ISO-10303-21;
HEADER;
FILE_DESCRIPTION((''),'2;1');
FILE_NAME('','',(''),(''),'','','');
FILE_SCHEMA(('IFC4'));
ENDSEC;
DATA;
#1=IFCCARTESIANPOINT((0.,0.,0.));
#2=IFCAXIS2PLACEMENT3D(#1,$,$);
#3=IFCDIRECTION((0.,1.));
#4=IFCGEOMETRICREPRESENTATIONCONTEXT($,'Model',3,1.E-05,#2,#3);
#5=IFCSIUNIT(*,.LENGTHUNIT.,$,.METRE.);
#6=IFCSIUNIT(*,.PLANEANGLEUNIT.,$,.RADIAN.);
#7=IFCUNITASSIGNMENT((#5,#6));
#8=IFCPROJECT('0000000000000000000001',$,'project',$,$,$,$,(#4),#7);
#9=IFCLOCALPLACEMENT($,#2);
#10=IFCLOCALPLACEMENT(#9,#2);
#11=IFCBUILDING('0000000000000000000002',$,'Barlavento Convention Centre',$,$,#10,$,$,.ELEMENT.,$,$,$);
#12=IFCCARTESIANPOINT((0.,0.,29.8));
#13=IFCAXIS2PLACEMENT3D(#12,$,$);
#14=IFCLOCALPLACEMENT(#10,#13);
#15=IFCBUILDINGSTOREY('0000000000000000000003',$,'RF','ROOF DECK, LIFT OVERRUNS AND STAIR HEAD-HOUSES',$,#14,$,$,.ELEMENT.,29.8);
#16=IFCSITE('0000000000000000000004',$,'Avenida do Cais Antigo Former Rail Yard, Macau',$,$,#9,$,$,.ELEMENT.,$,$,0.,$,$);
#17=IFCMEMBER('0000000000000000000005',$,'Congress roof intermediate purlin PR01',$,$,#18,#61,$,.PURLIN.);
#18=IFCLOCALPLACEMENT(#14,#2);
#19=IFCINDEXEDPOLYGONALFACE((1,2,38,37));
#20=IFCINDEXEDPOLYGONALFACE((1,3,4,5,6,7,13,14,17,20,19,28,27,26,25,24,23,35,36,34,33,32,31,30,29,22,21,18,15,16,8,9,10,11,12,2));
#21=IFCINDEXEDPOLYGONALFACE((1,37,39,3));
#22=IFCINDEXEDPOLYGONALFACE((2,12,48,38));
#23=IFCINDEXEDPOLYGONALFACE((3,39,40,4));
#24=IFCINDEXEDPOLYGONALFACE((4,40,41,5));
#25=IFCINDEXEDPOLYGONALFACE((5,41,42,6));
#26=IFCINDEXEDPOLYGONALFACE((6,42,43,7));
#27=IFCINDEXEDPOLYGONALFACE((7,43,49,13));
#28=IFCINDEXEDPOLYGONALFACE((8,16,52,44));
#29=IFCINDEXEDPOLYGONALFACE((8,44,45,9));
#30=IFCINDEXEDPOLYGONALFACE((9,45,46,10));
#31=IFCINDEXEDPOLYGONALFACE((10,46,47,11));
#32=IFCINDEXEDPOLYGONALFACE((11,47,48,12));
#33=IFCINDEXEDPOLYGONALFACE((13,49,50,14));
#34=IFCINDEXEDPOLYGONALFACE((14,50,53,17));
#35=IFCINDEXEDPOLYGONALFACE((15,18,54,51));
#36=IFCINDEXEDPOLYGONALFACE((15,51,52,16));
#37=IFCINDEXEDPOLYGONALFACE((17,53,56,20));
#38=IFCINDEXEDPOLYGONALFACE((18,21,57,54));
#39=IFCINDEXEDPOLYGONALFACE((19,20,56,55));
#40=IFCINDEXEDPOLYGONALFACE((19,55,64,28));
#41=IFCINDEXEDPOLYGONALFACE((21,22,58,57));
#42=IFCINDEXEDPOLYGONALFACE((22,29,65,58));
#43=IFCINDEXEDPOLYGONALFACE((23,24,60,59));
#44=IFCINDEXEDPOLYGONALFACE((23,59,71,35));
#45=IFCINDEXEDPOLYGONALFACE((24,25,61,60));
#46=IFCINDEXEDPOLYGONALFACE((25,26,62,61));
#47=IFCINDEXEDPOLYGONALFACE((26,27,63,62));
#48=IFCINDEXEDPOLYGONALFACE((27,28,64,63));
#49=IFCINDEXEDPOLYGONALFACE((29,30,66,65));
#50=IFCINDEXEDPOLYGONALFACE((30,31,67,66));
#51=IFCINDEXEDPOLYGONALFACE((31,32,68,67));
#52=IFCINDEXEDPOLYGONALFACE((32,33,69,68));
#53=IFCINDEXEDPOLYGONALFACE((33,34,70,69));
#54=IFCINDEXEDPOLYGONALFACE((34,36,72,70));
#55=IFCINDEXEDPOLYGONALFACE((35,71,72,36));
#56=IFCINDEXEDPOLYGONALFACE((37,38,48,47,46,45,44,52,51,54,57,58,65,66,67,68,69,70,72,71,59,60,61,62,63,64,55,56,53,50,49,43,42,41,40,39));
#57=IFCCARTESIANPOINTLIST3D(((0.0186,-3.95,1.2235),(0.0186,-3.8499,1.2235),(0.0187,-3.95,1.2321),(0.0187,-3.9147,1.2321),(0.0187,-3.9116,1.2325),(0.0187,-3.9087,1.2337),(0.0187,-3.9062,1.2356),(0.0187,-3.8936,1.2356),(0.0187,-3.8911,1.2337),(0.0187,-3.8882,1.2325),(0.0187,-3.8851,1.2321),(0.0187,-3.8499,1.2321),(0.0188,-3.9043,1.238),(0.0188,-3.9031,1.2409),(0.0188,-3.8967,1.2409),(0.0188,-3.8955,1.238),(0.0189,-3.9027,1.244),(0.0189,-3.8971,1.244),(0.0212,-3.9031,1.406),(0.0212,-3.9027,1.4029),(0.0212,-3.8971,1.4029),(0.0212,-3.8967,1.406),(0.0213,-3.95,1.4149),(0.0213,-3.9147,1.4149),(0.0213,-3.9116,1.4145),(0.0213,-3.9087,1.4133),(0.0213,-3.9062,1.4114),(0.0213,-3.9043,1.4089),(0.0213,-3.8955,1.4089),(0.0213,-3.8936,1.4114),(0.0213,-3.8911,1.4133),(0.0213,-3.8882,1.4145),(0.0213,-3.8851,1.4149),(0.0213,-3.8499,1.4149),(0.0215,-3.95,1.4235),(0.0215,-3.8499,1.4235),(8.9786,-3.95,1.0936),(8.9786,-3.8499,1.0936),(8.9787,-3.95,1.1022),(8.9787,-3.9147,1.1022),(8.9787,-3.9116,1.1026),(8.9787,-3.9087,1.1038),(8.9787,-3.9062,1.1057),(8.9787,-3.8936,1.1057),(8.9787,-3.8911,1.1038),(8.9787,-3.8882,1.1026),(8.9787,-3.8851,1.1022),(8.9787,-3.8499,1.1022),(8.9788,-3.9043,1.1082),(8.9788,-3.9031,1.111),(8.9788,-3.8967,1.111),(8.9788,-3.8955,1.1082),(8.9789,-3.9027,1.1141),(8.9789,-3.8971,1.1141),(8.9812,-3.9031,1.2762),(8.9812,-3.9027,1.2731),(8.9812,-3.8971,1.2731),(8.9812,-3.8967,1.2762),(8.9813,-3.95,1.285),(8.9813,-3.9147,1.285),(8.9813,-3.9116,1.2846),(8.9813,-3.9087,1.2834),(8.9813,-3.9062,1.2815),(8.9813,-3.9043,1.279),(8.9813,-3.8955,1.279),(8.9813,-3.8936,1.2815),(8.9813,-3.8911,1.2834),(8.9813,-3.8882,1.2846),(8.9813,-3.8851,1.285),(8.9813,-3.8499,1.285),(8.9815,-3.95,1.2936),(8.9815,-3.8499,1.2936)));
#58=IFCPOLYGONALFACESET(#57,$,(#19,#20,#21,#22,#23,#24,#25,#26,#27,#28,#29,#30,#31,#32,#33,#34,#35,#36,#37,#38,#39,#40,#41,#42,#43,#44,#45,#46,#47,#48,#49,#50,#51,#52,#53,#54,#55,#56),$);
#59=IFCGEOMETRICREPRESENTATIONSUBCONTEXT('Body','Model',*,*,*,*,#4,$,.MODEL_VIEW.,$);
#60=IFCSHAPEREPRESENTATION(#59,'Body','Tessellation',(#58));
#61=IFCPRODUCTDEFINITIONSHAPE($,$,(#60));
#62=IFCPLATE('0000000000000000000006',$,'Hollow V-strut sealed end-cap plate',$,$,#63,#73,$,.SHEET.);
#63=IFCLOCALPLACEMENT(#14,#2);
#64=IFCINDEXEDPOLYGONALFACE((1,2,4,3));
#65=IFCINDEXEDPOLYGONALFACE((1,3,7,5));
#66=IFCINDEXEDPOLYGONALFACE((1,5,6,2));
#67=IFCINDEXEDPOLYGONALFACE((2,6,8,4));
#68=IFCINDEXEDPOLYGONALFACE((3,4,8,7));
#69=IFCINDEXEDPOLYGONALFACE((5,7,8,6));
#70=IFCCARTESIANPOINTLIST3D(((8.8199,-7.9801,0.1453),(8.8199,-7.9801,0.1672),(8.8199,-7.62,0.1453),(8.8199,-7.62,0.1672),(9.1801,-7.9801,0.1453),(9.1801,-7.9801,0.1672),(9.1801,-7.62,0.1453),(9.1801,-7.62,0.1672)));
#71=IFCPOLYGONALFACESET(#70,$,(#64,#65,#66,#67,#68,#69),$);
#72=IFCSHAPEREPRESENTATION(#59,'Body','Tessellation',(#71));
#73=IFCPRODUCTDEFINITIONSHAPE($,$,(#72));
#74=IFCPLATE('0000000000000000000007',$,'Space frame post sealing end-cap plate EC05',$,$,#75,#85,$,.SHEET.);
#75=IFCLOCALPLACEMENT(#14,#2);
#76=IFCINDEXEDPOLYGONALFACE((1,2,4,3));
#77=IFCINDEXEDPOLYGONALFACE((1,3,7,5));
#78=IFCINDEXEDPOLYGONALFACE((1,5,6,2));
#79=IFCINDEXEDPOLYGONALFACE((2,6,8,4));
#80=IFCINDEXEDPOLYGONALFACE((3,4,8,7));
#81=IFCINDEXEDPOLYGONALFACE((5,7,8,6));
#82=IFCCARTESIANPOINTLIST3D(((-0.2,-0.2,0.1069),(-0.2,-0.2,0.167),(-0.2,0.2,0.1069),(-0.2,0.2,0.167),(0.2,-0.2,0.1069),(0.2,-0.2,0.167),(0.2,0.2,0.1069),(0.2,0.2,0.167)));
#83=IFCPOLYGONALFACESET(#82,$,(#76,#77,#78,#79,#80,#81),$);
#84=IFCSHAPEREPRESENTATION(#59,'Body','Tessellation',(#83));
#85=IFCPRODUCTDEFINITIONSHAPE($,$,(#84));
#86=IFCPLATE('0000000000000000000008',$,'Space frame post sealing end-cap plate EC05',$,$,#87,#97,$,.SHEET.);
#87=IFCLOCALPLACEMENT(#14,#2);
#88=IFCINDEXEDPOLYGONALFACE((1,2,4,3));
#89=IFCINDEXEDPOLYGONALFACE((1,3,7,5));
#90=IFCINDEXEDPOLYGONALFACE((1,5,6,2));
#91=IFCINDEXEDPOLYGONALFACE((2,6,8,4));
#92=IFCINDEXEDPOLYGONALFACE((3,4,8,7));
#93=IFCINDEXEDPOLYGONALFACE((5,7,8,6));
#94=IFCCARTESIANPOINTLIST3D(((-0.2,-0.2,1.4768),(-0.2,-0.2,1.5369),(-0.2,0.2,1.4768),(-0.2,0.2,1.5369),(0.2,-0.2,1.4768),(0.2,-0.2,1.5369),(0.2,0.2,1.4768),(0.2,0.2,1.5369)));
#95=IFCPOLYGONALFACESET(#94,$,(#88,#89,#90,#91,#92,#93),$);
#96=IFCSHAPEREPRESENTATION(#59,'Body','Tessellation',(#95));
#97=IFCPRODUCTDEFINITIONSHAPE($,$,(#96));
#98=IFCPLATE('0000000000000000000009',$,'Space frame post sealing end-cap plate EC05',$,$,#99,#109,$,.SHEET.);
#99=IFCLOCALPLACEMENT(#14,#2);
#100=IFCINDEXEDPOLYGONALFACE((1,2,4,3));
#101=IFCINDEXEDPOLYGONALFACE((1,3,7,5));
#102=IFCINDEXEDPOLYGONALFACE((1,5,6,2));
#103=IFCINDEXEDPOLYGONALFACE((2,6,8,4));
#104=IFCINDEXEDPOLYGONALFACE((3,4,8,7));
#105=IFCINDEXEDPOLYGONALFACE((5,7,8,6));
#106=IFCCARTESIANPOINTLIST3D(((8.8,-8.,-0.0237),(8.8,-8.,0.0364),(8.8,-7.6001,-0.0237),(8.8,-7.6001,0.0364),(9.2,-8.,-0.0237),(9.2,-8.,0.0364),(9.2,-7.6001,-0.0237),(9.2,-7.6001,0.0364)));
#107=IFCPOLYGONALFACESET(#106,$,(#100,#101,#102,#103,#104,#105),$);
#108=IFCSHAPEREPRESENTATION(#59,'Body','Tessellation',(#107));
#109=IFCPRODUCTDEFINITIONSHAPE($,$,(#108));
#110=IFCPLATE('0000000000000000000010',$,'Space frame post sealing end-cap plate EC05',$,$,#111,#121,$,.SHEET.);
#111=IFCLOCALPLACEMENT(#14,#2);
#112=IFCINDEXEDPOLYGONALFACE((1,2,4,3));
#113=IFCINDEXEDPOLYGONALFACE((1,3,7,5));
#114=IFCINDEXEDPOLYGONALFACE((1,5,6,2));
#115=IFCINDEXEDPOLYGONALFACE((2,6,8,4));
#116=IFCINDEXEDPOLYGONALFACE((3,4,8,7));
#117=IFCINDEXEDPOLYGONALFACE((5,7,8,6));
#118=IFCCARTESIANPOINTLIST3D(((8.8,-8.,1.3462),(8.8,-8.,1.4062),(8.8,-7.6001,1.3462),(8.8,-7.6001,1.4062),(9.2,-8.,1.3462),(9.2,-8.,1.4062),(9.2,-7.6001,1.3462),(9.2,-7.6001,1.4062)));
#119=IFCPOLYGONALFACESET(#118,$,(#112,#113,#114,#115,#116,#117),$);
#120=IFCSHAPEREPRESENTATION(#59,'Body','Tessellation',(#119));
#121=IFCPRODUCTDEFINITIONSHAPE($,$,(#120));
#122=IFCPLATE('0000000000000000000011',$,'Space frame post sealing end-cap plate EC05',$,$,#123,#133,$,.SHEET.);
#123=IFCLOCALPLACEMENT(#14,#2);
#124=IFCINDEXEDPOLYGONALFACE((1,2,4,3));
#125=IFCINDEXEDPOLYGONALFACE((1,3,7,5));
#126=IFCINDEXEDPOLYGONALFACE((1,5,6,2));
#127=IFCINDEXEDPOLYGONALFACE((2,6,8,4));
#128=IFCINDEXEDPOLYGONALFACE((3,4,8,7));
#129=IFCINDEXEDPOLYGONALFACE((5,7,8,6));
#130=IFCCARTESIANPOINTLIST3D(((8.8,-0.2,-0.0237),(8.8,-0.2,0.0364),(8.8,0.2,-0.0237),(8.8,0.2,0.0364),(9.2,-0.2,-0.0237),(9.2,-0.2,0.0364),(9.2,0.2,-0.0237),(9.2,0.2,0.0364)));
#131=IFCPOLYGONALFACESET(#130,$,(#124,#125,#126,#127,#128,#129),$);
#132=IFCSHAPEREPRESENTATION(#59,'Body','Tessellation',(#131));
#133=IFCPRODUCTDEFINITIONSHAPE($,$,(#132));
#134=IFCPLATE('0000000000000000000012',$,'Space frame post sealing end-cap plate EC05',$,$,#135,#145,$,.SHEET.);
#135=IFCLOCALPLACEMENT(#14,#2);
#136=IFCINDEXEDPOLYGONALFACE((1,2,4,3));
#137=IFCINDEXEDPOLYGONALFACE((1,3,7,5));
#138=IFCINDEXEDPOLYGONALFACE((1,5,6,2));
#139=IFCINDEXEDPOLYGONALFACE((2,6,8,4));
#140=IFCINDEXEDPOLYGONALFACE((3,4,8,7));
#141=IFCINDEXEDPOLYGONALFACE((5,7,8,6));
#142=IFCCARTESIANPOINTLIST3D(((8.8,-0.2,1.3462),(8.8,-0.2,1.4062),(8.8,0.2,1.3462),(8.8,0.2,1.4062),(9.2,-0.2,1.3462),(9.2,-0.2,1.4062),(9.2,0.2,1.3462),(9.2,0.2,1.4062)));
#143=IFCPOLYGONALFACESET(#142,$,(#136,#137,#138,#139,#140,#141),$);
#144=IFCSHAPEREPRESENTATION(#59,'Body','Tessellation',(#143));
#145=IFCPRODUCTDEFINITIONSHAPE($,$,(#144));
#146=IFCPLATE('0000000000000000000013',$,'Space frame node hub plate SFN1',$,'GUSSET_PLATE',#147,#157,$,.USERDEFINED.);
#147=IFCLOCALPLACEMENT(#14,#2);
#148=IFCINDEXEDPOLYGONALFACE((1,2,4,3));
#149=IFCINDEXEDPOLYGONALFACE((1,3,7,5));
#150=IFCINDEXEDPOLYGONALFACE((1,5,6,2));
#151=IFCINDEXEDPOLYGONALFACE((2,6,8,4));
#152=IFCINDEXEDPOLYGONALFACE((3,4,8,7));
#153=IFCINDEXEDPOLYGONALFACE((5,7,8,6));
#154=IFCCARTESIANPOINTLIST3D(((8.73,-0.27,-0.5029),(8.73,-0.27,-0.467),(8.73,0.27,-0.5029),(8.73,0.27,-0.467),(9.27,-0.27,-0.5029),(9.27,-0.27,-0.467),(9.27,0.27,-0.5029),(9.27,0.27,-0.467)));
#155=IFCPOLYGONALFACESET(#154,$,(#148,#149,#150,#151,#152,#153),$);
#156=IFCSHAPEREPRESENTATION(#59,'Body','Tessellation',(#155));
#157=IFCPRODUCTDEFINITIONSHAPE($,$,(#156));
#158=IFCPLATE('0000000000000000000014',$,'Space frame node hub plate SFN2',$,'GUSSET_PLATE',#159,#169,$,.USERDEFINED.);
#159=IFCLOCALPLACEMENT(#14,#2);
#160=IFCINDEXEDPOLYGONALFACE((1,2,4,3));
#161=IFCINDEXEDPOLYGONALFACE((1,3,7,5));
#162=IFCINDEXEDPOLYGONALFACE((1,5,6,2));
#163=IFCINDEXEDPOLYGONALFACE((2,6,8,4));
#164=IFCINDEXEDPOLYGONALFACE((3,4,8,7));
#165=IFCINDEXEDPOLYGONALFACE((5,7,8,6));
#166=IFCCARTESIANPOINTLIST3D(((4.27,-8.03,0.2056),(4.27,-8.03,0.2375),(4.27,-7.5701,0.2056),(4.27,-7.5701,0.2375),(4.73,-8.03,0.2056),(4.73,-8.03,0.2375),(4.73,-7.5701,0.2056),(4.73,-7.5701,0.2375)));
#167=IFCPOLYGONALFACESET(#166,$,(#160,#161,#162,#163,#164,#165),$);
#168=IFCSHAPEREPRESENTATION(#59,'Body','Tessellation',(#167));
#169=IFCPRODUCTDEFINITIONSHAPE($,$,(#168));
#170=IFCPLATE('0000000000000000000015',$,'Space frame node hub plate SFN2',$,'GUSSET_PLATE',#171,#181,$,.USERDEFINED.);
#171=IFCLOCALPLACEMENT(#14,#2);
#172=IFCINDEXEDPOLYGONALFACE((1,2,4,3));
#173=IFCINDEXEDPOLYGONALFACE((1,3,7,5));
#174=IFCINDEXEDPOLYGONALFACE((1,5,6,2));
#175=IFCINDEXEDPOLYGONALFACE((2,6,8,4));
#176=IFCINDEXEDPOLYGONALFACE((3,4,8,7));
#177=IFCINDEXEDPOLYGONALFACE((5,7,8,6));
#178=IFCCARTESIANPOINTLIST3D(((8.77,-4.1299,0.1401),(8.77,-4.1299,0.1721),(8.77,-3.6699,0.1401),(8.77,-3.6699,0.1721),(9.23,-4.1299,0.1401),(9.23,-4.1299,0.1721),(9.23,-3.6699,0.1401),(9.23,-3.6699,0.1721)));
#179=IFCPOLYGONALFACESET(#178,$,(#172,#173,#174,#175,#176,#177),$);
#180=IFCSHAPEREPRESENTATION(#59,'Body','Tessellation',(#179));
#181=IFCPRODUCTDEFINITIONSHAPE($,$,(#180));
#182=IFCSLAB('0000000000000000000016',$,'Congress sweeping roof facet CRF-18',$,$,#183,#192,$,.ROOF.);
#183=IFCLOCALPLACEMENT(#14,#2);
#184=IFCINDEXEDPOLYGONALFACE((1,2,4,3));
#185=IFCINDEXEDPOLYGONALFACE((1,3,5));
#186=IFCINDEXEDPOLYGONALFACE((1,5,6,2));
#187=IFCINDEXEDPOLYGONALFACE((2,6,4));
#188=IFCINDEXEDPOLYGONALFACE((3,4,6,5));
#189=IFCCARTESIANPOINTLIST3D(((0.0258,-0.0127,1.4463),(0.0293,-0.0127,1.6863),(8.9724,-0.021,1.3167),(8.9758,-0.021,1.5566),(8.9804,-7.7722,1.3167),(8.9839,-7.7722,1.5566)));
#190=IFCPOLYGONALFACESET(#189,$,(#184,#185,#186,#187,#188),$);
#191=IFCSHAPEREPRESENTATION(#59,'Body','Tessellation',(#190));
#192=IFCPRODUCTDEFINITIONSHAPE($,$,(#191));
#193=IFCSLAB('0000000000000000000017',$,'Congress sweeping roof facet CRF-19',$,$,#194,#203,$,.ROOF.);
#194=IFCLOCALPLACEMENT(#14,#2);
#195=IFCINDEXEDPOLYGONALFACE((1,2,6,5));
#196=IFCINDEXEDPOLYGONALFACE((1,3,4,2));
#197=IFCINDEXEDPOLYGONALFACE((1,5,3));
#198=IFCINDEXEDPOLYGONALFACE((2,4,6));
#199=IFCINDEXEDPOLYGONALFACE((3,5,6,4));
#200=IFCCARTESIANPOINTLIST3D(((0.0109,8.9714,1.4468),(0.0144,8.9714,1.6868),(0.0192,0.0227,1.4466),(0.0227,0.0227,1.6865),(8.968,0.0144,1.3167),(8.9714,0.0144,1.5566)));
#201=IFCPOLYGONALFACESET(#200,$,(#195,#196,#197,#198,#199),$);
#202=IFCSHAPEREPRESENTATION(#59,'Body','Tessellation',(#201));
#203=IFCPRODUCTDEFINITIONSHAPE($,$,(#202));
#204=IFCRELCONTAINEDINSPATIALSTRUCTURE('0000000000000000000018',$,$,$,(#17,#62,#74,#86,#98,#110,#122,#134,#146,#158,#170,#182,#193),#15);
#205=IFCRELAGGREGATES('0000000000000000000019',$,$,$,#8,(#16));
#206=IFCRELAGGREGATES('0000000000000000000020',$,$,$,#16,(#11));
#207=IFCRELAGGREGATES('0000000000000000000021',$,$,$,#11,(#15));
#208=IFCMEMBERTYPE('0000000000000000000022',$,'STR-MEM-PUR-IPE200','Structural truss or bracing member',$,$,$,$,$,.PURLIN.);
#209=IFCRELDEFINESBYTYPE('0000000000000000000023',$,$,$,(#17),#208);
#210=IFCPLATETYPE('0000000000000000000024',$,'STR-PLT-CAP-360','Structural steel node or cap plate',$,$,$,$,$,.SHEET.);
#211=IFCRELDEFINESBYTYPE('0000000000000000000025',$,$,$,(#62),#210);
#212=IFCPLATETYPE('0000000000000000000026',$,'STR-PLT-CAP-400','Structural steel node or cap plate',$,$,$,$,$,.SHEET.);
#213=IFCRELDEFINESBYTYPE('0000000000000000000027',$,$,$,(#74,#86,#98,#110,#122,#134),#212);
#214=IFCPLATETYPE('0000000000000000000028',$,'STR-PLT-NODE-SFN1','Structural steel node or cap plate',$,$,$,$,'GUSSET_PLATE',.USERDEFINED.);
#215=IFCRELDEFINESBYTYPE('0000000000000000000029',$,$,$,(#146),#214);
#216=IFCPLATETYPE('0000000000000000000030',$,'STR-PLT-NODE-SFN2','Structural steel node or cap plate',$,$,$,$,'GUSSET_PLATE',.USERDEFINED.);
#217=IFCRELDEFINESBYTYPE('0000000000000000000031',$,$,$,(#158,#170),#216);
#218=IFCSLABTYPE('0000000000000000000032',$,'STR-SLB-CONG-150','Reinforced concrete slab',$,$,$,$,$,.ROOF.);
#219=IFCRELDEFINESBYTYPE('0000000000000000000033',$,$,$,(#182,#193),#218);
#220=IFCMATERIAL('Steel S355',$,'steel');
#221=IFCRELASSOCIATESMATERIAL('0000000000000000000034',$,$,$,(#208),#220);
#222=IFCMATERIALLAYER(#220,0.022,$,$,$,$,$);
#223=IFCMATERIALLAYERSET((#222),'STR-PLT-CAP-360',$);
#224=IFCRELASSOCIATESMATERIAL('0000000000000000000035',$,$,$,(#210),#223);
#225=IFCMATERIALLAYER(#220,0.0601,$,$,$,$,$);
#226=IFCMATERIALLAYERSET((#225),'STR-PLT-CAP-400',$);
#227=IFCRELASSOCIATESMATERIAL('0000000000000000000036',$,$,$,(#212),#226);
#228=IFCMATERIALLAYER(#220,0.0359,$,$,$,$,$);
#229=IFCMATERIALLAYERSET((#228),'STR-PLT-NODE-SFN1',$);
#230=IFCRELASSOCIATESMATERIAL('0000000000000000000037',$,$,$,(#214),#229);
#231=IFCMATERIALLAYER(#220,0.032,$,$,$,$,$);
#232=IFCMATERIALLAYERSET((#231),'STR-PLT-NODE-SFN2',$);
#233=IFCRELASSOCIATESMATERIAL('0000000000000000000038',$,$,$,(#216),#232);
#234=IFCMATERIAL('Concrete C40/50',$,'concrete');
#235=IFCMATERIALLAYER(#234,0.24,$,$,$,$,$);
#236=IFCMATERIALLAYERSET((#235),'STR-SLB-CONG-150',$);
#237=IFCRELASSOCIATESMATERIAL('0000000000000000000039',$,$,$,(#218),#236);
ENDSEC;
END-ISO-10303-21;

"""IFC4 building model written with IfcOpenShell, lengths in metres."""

from ifc_helpers import new_model, si_unit, direction, frame, origin, origin_2d, place, context, subcontext, project, spatial, polyline, rectangle, i_section, outline, extrude, material, layer, layer_set, material_profile, profile_set, type_object, element, save


model = new_model("IFC4")

# Units and contexts
model_context = context("Model", 3, precision=1e-05, world=origin(), true_north=direction((0.0, 1.0)))
body_context = subcontext(model_context, "Body", "Model", "MODEL_VIEW")
ifc_project = project(units=[si_unit("LENGTHUNIT", "METRE"), si_unit("PLANEANGLEUNIT", "RADIAN")], contexts=[model_context])

# Site, building, storey
site_placement = place(None, origin())
site = spatial("IfcSite", under=ifc_project, at=site_placement, Name="Avenida do Cais Antigo Former Rail Yard, Macau", CompositionType="ELEMENT", RefElevation=0.0)
building_placement = place(site_placement, origin())
building = spatial("IfcBuilding", under=site, at=building_placement, Name="Barlavento Convention Centre", CompositionType="ELEMENT")
storey_placement = place(building_placement, frame((0.0, 0.0, 29.8)))
storey = spatial("IfcBuildingStorey", under=building, at=storey_placement, Name="RF", Description="ROOF DECK, LIFT OVERRUNS AND STAIR HEAD-HOUSES", CompositionType="ELEMENT", Elevation=29.8)

# Shared definitions
ifc_material_1 = material(Name="Steel S355", Category="steel")

# Member
ifc_material_profile_1 = material_profile(ifc_material_1, i_section(OverallWidth=0.1001, OverallDepth=0.2, WebThickness=0.0056, FlangeThickness=0.0085, FilletRadius=0.012, at=origin_2d()), Name="IPE 200")
ifc_profile_set_1 = profile_set([ifc_material_profile_1], Name="Steel S355")
member_type_1 = type_object("IfcMemberType", Name="STR-MEM-PUR-IPE200", Description="Structural truss or bracing member", PredefinedType="PURLIN", material=ifc_profile_set_1)
member_1_placement = place(storey_placement, frame((0.02, -3.8999, 1.3235), z_axis=(0.999895, 0.0, -0.014494), x_axis=(0.0, 1.0, 0.0)))
element("IfcMember", 1, at=member_1_placement, inside=storey, type_object=member_type_1, Name="Congress roof intermediate purlin PR01", PredefinedType="PURLIN", context=body_context, shape_type="SweptSolid", body=[
    extrude(i_section(OverallWidth=0.1001, OverallDepth=0.2, WebThickness=0.0056, FlangeThickness=0.0085, FilletRadius=0.012, at=origin_2d()), origin(), (0.0, 0.0, 1.0), 8.9609),
])

# Plates
ifc_layer_1 = layer(ifc_material_1, 0.022)
ifc_layer_set_1 = layer_set([ifc_layer_1], Name="STR-PLT-CAP-360")
plate_type_1 = type_object("IfcPlateType", Name="STR-PLT-CAP-360", Description="Structural steel node or cap plate", PredefinedType="SHEET", material=ifc_layer_set_1)
plate_1_placement = place(storey_placement, frame((9.0, -7.8, 0.1453), z_axis=(0.0, 0.0, 1.0), x_axis=(1.0, 0.0, 0.0)))
element("IfcPlate", 2, at=plate_1_placement, inside=storey, type_object=plate_type_1, Name="Hollow V-strut sealed end-cap plate", PredefinedType="SHEET", context=body_context, shape_type="SweptSolid", body=[
    extrude(rectangle(XDim=0.3601, YDim=0.3601, at=origin_2d()), origin(), (0.0, 0.0, 1.0), 0.022),
])
ifc_layer_2 = layer(ifc_material_1, 0.0601)
ifc_layer_set_2 = layer_set([ifc_layer_2], Name="STR-PLT-CAP-400")
plate_type_2 = type_object("IfcPlateType", Name="STR-PLT-CAP-400", Description="Structural steel node or cap plate", PredefinedType="SHEET", material=ifc_layer_set_2)
for number, where, z_axis, x_axis, name in (
    (3, (0.0, 0.0, 0.1069), (0.0, 0.0, 1.0), (1.0, 0.0, 0.0), "Space frame post sealing end-cap plate EC05"),
    (4, (0.0, 0.0, 1.4768), (0.0, 0.0, 1.0), (1.0, 0.0, 0.0), "Space frame post sealing end-cap plate EC05"),
    (5, (9.0, -7.8, -0.0237), (0.0, 0.0, 1.0), (1.0, 0.0, 0.0), "Space frame post sealing end-cap plate EC05"),
    (6, (9.0, -7.8, 1.3462), (0.0, 0.0, 1.0), (1.0, 0.0, 0.0), "Space frame post sealing end-cap plate EC05"),
    (7, (9.0, 0.0, -0.0237), (0.0, 0.0, 1.0), (1.0, 0.0, 0.0), "Space frame post sealing end-cap plate EC05"),
    (8, (9.0, 0.0, 1.3462), (0.0, 0.0, 1.0), (1.0, 0.0, 0.0), "Space frame post sealing end-cap plate EC05"),
):
    element("IfcPlate", number, at=place(storey_placement, frame(where, z_axis=z_axis, x_axis=x_axis)), inside=storey, type_object=plate_type_2, Name=name, PredefinedType="SHEET", context=body_context, shape_type="SweptSolid", body=[
        extrude(rectangle(XDim=0.3999, YDim=0.3999, at=origin_2d()), origin(), (0.0, 0.0, 1.0), 0.0601),
    ])
ifc_layer_3 = layer(ifc_material_1, 0.0359)
ifc_layer_set_3 = layer_set([ifc_layer_3], Name="STR-PLT-NODE-SFN1")
plate_type_3 = type_object("IfcPlateType", Name="STR-PLT-NODE-SFN1", Description="Structural steel node or cap plate", ElementType="GUSSET_PLATE", PredefinedType="USERDEFINED", material=ifc_layer_set_3)
plate_2_placement = place(storey_placement, frame((9.0, 0.0, -0.5029), z_axis=(0.0, 0.0, 1.0), x_axis=(1.0, 0.0, 0.0)))
element("IfcPlate", 9, at=plate_2_placement, inside=storey, type_object=plate_type_3, Name="Space frame node hub plate SFN1", ObjectType="GUSSET_PLATE", PredefinedType="USERDEFINED", context=body_context, shape_type="SweptSolid", body=[
    extrude(rectangle(XDim=0.54, YDim=0.54, at=origin_2d()), origin(), (0.0, 0.0, 1.0), 0.0359),
])
ifc_layer_4 = layer(ifc_material_1, 0.032)
ifc_layer_set_4 = layer_set([ifc_layer_4], Name="STR-PLT-NODE-SFN2")
plate_type_4 = type_object("IfcPlateType", Name="STR-PLT-NODE-SFN2", Description="Structural steel node or cap plate", ElementType="GUSSET_PLATE", PredefinedType="USERDEFINED", material=ifc_layer_set_4)
for number, where, z_axis, x_axis, name in (
    (10, (4.5, -7.8, 0.2056), (0.0, 0.0, 1.0), (1.0, 0.0, 0.0), "Space frame node hub plate SFN2"),
    (11, (9.0, -3.8999, 0.1401), (0.0, 0.0, 1.0), (1.0, 0.0, 0.0), "Space frame node hub plate SFN2"),
):
    element("IfcPlate", number, at=place(storey_placement, frame(where, z_axis=z_axis, x_axis=x_axis)), inside=storey, type_object=plate_type_4, Name=name, ObjectType="GUSSET_PLATE", PredefinedType="USERDEFINED", context=body_context, shape_type="SweptSolid", body=[
        extrude(rectangle(XDim=0.46, YDim=0.46, at=origin_2d()), origin(), (0.0, 0.0, 1.0), 0.032),
    ])

# Slabs
ifc_material_2 = material(Name="Concrete C40/50", Category="concrete")
ifc_layer_5 = layer(ifc_material_2, 0.24)
ifc_layer_set_5 = layer_set([ifc_layer_5], Name="STR-SLB-CONG-150")
slab_type_1 = type_object("IfcSlabType", Name="STR-SLB-CONG-150", Description="Reinforced concrete slab", PredefinedType="ROOF", material=ifc_layer_set_5)
slab_1_placement = place(storey_placement, frame((8.9839, -7.7722, 1.5566), z_axis=(0.014489, 0.000015, 0.999895), x_axis=(-0.001039, 0.999999, 0.0)))
element("IfcSlab", 12, at=slab_1_placement, inside=storey, type_object=slab_type_1, Name="Congress sweeping roof facet CRF-18", PredefinedType="ROOF", context=body_context, shape_type="SweptSolid", body=[
    extrude(outline(polyline([(0.0, 0.0), (7.7512, 0.0), (7.7688, 8.9475), (0.0, 0.0)])), origin(), (0.0, 0.0, -1.0), 0.24),
])
slab_2_placement = place(storey_placement, frame((0.0227, 0.0227, 1.6865), z_axis=(0.014513, -0.000014, 0.999895), x_axis=(0.999894, -0.000927, -0.014513)))
element("IfcSlab", 13, at=slab_2_placement, inside=storey, type_object=slab_type_1, Name="Congress sweeping roof facet CRF-19", PredefinedType="ROOF", context=body_context, shape_type="SweptSolid", body=[
    extrude(outline(polyline([(0.0, 0.0), (8.9497, 0.0), (-0.0166, 8.9487), (0.0, 0.0)])), origin(), (0.0, 0.0, -1.0), 0.24),
])

save(model, "model.ifc")
